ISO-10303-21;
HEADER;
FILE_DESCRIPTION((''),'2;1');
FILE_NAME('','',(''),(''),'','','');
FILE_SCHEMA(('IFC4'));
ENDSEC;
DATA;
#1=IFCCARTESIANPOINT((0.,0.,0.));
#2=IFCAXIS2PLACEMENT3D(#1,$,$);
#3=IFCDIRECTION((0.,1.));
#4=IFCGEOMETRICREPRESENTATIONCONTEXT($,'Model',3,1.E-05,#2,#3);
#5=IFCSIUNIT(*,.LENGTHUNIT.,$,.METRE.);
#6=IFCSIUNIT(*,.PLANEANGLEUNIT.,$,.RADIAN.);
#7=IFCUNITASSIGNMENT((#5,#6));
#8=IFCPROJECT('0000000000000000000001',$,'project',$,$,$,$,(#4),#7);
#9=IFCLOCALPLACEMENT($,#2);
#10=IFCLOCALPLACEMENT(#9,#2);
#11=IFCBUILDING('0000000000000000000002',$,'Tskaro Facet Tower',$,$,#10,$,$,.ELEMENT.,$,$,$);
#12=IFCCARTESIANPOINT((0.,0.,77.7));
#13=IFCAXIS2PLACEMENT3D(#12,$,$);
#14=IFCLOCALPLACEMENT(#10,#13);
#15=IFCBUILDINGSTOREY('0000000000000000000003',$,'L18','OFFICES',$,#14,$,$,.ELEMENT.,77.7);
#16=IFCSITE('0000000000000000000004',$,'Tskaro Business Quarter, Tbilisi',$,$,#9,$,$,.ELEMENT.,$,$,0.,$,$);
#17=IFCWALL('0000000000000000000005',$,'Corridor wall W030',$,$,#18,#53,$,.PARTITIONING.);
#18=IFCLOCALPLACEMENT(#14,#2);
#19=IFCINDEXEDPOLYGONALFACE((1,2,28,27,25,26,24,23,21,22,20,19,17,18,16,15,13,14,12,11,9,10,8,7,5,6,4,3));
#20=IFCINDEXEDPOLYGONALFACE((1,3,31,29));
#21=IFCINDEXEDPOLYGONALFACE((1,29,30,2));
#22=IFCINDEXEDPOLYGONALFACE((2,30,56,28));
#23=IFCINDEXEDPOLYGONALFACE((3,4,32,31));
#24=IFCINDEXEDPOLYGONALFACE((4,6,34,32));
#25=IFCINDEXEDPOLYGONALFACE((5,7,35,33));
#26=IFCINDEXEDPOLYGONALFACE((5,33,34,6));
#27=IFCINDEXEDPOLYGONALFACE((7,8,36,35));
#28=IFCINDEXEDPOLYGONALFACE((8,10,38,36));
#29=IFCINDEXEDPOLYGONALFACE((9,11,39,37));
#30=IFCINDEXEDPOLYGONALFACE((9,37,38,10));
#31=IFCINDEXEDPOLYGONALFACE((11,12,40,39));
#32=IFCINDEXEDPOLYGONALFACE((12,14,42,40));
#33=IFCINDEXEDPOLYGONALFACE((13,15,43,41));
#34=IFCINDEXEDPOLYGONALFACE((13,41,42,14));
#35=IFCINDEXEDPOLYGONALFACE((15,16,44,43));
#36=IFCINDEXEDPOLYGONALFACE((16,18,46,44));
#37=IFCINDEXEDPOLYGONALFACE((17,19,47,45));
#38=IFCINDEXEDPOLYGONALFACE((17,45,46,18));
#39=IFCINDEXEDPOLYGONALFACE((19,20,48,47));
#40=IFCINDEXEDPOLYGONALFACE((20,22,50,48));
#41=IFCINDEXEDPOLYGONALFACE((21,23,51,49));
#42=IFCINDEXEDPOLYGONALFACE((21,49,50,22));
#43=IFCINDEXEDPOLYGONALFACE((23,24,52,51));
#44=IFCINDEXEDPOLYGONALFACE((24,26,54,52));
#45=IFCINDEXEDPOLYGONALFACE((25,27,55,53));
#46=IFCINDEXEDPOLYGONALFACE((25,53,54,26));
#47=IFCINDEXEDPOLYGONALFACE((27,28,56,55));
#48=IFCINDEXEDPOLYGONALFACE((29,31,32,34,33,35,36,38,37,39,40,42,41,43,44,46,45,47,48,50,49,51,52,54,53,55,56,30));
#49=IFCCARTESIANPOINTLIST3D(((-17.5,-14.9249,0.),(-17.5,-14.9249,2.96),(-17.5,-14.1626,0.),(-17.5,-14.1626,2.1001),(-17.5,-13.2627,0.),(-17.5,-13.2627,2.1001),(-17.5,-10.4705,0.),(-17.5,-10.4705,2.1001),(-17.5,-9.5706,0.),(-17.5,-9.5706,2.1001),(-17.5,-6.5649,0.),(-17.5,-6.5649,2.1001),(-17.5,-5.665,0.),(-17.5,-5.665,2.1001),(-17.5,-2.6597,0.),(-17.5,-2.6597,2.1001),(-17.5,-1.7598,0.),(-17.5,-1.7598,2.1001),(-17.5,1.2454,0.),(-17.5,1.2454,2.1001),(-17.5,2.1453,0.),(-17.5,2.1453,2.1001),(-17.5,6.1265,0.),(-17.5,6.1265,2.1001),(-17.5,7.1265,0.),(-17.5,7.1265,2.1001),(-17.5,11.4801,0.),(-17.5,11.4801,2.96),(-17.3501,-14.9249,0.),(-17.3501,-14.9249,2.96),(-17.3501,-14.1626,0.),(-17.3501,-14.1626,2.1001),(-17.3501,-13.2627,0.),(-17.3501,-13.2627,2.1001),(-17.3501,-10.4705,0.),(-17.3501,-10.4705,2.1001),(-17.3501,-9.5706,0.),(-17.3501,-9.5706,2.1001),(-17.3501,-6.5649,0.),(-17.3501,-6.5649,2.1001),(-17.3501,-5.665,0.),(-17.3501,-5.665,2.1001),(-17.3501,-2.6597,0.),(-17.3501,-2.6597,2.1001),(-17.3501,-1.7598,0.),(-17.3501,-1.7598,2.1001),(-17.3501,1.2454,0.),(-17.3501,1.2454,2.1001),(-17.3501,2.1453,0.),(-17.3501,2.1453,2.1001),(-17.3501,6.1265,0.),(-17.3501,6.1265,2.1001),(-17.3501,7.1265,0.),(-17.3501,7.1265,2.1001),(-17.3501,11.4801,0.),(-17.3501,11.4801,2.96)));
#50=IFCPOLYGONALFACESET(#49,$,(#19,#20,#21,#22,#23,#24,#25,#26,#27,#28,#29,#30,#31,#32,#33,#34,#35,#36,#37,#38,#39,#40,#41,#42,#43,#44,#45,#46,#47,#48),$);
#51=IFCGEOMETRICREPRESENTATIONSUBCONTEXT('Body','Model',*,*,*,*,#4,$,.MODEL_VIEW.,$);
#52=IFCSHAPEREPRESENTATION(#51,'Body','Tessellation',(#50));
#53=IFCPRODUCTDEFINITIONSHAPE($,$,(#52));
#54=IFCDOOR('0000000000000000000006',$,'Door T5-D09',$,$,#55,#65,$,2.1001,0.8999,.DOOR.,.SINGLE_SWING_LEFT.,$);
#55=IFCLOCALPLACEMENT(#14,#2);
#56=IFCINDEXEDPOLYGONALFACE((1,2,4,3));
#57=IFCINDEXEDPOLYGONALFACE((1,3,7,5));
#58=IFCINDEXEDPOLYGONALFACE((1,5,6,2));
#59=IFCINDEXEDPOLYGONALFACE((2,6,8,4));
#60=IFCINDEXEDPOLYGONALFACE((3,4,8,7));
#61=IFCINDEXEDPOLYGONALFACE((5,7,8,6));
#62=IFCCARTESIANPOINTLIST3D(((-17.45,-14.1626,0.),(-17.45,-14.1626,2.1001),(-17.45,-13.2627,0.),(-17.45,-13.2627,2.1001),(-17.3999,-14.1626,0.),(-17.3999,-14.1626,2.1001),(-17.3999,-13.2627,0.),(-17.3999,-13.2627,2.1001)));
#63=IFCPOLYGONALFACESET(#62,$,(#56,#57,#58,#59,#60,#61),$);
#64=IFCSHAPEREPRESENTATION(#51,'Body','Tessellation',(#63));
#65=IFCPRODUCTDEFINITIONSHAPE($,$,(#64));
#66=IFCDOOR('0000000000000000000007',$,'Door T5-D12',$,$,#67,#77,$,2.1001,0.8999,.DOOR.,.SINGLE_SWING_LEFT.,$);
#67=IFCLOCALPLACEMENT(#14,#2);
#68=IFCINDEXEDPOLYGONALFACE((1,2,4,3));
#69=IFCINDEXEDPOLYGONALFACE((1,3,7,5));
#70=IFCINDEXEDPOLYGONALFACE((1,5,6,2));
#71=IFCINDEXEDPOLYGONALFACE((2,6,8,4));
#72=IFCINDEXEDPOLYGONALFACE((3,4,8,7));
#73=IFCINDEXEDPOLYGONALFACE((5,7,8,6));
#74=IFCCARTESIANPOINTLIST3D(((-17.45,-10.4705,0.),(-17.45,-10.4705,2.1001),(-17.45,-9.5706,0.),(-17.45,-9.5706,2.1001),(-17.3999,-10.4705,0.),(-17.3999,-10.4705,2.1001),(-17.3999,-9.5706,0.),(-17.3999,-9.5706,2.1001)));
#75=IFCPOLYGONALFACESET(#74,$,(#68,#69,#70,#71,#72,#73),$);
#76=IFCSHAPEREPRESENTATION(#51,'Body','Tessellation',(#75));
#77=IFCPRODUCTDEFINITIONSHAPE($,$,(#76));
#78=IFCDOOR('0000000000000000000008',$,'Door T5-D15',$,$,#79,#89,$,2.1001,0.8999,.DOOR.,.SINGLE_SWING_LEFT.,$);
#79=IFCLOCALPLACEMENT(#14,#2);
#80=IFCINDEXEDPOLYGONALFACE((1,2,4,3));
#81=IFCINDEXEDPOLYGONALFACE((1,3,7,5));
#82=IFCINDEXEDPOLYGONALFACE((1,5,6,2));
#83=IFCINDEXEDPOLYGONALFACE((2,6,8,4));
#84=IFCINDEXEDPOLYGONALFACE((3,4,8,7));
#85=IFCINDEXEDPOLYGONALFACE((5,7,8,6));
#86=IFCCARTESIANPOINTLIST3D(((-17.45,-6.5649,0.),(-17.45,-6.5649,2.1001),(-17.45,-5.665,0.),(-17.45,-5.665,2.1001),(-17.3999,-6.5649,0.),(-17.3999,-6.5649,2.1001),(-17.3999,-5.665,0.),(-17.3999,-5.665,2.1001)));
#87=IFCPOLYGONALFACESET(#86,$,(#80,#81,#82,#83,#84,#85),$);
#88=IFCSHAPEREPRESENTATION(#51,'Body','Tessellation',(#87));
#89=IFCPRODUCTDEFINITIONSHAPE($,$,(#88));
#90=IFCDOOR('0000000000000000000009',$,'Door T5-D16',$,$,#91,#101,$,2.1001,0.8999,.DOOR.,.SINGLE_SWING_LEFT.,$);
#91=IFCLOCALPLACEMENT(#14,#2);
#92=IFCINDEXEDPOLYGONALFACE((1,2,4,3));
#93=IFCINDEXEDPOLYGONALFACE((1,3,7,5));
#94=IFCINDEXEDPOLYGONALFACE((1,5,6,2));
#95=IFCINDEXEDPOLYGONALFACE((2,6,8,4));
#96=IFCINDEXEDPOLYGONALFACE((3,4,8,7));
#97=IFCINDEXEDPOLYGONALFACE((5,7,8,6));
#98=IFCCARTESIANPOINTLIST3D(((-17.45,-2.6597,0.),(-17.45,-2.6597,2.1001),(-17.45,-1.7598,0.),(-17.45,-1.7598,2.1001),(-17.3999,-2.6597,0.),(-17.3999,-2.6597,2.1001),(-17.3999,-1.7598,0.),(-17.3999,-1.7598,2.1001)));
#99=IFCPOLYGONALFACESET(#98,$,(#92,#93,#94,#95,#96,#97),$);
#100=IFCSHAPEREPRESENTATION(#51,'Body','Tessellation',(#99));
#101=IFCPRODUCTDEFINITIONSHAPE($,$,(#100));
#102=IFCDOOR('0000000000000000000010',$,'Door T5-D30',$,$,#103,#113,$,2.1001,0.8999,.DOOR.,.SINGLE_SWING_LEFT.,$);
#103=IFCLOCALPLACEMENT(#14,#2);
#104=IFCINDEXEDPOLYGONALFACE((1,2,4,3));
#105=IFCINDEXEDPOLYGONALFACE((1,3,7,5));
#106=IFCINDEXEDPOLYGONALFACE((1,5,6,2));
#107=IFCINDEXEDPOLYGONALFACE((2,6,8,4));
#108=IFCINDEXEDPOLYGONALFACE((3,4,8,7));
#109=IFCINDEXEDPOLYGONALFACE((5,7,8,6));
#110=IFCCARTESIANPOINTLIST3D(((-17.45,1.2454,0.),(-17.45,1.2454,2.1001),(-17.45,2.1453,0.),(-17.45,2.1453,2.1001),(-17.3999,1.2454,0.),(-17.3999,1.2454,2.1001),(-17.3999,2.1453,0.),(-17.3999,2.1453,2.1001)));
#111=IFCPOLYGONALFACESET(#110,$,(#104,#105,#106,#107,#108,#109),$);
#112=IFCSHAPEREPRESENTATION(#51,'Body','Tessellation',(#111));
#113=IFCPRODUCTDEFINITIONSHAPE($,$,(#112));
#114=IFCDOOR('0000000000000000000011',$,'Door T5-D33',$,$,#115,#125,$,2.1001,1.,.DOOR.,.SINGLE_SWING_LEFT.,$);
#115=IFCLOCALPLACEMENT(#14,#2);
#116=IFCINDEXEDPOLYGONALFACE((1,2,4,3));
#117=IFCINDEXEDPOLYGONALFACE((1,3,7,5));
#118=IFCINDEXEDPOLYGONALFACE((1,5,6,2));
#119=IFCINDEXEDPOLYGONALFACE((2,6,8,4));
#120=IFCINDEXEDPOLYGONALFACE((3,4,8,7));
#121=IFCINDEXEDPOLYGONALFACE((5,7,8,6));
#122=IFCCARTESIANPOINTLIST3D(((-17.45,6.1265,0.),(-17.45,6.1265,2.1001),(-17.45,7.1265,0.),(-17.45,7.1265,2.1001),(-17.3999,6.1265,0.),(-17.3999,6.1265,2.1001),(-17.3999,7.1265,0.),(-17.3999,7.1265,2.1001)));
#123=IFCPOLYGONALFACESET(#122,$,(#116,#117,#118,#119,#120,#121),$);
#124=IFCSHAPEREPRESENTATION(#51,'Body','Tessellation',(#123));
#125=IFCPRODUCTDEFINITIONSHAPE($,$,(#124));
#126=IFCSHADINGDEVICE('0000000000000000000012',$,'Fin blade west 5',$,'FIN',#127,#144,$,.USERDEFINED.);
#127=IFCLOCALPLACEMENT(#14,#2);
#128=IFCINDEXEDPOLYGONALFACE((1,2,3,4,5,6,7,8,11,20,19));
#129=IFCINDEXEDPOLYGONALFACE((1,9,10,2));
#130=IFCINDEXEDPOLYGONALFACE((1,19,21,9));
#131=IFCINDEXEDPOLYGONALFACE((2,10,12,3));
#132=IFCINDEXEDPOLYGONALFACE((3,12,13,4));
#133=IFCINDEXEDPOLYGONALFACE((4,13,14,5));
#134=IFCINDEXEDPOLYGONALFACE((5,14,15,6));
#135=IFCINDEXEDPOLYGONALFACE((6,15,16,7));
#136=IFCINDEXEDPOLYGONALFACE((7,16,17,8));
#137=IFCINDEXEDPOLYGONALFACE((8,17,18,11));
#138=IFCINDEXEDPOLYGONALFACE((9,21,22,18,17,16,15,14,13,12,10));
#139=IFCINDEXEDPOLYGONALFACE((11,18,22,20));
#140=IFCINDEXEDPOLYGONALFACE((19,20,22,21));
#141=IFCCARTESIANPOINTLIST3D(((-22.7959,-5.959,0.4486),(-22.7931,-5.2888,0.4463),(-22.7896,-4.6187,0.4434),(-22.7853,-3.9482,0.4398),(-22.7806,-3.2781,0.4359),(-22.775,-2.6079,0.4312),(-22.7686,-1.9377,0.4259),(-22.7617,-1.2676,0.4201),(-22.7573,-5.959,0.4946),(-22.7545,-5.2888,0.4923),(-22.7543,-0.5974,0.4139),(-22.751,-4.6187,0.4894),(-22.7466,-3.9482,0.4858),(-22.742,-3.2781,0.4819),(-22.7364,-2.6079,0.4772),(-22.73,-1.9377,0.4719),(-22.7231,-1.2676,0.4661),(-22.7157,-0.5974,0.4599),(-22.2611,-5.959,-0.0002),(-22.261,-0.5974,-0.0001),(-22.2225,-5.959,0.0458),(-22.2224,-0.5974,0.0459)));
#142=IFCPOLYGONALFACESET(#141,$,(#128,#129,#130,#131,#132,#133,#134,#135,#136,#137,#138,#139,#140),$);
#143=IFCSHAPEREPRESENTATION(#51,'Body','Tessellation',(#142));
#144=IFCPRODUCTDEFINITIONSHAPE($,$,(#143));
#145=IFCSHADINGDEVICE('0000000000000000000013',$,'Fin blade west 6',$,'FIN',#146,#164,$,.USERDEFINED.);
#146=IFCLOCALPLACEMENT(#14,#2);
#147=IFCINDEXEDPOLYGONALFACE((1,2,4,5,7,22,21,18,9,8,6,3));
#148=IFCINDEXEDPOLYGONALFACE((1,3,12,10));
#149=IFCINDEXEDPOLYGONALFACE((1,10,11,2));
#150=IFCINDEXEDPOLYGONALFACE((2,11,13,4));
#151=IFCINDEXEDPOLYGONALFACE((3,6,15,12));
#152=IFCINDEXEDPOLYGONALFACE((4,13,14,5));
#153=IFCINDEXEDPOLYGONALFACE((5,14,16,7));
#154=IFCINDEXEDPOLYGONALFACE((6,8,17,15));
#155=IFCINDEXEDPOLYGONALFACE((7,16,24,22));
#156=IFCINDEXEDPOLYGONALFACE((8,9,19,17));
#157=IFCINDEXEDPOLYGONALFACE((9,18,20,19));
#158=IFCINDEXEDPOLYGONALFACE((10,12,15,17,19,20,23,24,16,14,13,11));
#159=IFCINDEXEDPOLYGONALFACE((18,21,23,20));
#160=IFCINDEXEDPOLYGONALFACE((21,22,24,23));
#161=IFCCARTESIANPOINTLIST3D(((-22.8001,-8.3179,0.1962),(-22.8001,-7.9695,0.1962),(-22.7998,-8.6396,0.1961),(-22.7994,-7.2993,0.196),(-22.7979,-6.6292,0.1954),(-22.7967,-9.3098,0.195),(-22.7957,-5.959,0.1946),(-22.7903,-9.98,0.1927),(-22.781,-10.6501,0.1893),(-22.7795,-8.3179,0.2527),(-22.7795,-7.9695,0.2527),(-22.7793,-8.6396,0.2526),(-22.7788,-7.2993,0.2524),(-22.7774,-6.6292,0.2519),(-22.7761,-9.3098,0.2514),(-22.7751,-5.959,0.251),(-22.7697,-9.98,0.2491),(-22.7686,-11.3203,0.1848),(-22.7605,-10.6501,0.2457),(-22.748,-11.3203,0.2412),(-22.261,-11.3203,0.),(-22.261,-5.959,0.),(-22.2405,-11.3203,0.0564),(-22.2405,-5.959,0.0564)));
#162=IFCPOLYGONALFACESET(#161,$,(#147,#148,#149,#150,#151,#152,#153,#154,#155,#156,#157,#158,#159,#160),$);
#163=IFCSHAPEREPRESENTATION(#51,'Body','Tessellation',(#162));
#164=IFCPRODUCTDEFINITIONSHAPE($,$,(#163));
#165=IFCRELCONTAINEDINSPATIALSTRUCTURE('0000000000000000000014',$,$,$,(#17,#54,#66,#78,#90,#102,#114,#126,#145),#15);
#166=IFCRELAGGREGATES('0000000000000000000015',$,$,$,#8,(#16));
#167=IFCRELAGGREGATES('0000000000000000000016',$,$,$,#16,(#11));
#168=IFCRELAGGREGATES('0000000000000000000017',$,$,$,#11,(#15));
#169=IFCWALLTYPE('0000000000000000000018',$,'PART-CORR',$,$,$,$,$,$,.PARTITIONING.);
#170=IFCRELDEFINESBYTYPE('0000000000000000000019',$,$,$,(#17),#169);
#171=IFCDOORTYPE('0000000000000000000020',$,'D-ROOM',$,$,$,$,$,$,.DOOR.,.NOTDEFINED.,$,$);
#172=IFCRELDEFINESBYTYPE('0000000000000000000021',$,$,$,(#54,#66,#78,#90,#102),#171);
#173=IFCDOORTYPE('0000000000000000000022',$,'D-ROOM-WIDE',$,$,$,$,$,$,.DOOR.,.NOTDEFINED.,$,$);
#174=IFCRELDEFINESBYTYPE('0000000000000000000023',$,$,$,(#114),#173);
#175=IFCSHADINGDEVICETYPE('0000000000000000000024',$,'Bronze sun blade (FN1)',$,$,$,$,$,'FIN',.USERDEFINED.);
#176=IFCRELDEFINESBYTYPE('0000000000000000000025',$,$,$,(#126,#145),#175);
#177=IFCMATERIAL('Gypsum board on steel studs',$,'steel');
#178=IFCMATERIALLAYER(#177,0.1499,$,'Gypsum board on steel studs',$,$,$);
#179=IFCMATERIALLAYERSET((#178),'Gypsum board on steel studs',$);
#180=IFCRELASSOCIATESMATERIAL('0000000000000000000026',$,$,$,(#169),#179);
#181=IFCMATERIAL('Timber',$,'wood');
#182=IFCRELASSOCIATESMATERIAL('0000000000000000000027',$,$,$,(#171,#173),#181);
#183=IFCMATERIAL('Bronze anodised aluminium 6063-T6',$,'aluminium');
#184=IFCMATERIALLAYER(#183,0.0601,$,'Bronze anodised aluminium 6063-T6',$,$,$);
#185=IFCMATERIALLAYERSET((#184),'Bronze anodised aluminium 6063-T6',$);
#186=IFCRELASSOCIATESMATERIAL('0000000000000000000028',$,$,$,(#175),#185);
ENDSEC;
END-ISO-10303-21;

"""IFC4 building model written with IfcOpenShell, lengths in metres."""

from ifc_helpers import new_model, si_unit, direction, frame, frame_2d, origin, place, context, subcontext, project, spatial, polyline, rectangle, outline, extrude, material, layer, layer_set, type_object, element, fill, save


model = new_model("IFC4")

# Units and contexts
model_context = context("Model", 3, precision=1e-05, world=origin(), true_north=direction((0.0, 1.0)))
body_context = subcontext(model_context, "Body", "Model", "MODEL_VIEW")
ifc_project = project(units=[si_unit("LENGTHUNIT", "METRE"), si_unit("PLANEANGLEUNIT", "RADIAN")], contexts=[model_context])

# Site, building, storey
site_placement = place(None, origin())
site = spatial("IfcSite", under=ifc_project, at=site_placement, Name="Tskaro Business Quarter, Tbilisi", CompositionType="ELEMENT", RefElevation=0.0)
building_placement = place(site_placement, origin())
building = spatial("IfcBuilding", under=site, at=building_placement, Name="Tskaro Facet Tower", CompositionType="ELEMENT")
storey_placement = place(building_placement, frame((0.0, 0.0, 77.7)))
storey = spatial("IfcBuildingStorey", under=building, at=storey_placement, Name="L18", Description="OFFICES", CompositionType="ELEMENT", Elevation=77.7)

# Shared definitions
ifc_material_1 = material(Name="Bronze anodised aluminium 6063-T6", Category="aluminium")

# Shared definitions
ifc_material_2 = material(Name="Gypsum board on steel studs", Category="steel")

# Wall, openings, doors
ifc_layer_1 = layer(ifc_material_2, 0.1499, Name="Gypsum board on steel studs")
ifc_layer_set_1 = layer_set([ifc_layer_1], Name="Gypsum board on steel studs")
wall_type_1 = type_object("IfcWallType", Name="PART-CORR", PredefinedType="PARTITIONING", material=ifc_layer_set_1)
wall_placement = place(storey_placement, frame((-17.425, -14.925, 0.0), z_axis=(0.0, 0.0, 1.0), x_axis=(0.0, 1.0, 0.0)))
wall = element("IfcWall", 1, at=wall_placement, inside=storey, type_object=wall_type_1, Name="Corridor wall W030", PredefinedType="PARTITIONING", context=body_context, shape_type="SweptSolid", body=[
    extrude(rectangle(XDim=26.405, YDim=0.1499, at=frame_2d((13.2026, 0.0))), origin(), (0.0, 0.0, 1.0), 2.96),
])
opening_1_placement = place(wall_placement, frame((0.7625, 0.0, 0.0)))
opening_1 = element("IfcOpeningElement", 2, at=opening_1_placement, cuts=wall, PredefinedType="OPENING", context=body_context, shape_type="SweptSolid", body=[
    extrude(rectangle(XDim=0.8999, YDim=2.1001, at=frame_2d((0.45, 1.05))), frame((0.0, 0.085, 0.0), z_axis=(0.0, -1.0, 0.0), x_axis=(1.0, 0.0, 0.0)), (0.0, 0.0, 1.0), 0.1699),
])
opening_2_placement = place(wall_placement, frame((4.4546, 0.0, 0.0)))
opening_2 = element("IfcOpeningElement", 3, at=opening_2_placement, cuts=wall, PredefinedType="OPENING", context=body_context, shape_type="SweptSolid", body=[
    extrude(rectangle(XDim=0.8999, YDim=2.1001, at=frame_2d((0.45, 1.05))), frame((0.0, 0.085, 0.0), z_axis=(0.0, -1.0, 0.0), x_axis=(1.0, 0.0, 0.0)), (0.0, 0.0, 1.0), 0.1699),
])
opening_3_placement = place(wall_placement, frame((8.3601, 0.0, 0.0)))
opening_3 = element("IfcOpeningElement", 4, at=opening_3_placement, cuts=wall, PredefinedType="OPENING", context=body_context, shape_type="SweptSolid", body=[
    extrude(rectangle(XDim=0.8999, YDim=2.1001, at=frame_2d((0.45, 1.05))), frame((0.0, 0.085, 0.0), z_axis=(0.0, -1.0, 0.0), x_axis=(1.0, 0.0, 0.0)), (0.0, 0.0, 1.0), 0.1699),
])
opening_4_placement = place(wall_placement, frame((12.2654, 0.0, 0.0)))
opening_4 = element("IfcOpeningElement", 5, at=opening_4_placement, cuts=wall, PredefinedType="OPENING", context=body_context, shape_type="SweptSolid", body=[
    extrude(rectangle(XDim=0.8999, YDim=2.1001, at=frame_2d((0.45, 1.05))), frame((0.0, 0.085, 0.0), z_axis=(0.0, -1.0, 0.0), x_axis=(1.0, 0.0, 0.0)), (0.0, 0.0, 1.0), 0.1699),
])
opening_5_placement = place(wall_placement, frame((16.1704, 0.0, 0.0)))
opening_5 = element("IfcOpeningElement", 6, at=opening_5_placement, cuts=wall, PredefinedType="OPENING", context=body_context, shape_type="SweptSolid", body=[
    extrude(rectangle(XDim=0.8999, YDim=2.1001, at=frame_2d((0.45, 1.05))), frame((0.0, 0.085, 0.0), z_axis=(0.0, -1.0, 0.0), x_axis=(1.0, 0.0, 0.0)), (0.0, 0.0, 1.0), 0.1699),
])
opening_6_placement = place(wall_placement, frame((21.0515, 0.0, 0.0)))
opening_6 = element("IfcOpeningElement", 7, at=opening_6_placement, cuts=wall, PredefinedType="OPENING", context=body_context, shape_type="SweptSolid", body=[
    extrude(rectangle(XDim=1.0, YDim=2.1001, at=frame_2d((0.5, 1.05))), frame((0.0, 0.085, 0.0), z_axis=(0.0, -1.0, 0.0), x_axis=(1.0, 0.0, 0.0)), (0.0, 0.0, 1.0), 0.1699),
])
ifc_material_3 = material(Name="Timber", Category="wood")
door_type_1 = type_object("IfcDoorType", Name="D-ROOM", OperationType="NOTDEFINED", PredefinedType="DOOR", material=ifc_material_3)
door_1_placement = place(opening_1_placement, origin())
door_1 = element("IfcDoor", 8, at=door_1_placement, inside=storey, type_object=door_type_1, Name="Door T5-D09", OperationType="SINGLE_SWING_LEFT", OverallHeight=2.1001, OverallWidth=0.8999, PredefinedType="DOOR", context=body_context, shape_type="SweptSolid", body=[
    extrude(rectangle(XDim=0.8999, YDim=2.1001, at=frame_2d((0.45, 1.05))), frame((0.0, 0.0249, 0.0), z_axis=(0.0, -1.0, 0.0), x_axis=(1.0, 0.0, 0.0)), (0.0, 0.0, 1.0), 0.05),
])
fill(opening_1, door_1)
door_2_placement = place(opening_2_placement, origin())
door_2 = element("IfcDoor", 9, at=door_2_placement, inside=storey, type_object=door_type_1, Name="Door T5-D12", OperationType="SINGLE_SWING_LEFT", OverallHeight=2.1001, OverallWidth=0.8999, PredefinedType="DOOR", context=body_context, shape_type="SweptSolid", body=[
    extrude(rectangle(XDim=0.8999, YDim=2.1001, at=frame_2d((0.45, 1.05))), frame((0.0, 0.0249, 0.0), z_axis=(0.0, -1.0, 0.0), x_axis=(1.0, 0.0, 0.0)), (0.0, 0.0, 1.0), 0.05),
])
fill(opening_2, door_2)
door_3_placement = place(opening_3_placement, origin())
door_3 = element("IfcDoor", 10, at=door_3_placement, inside=storey, type_object=door_type_1, Name="Door T5-D15", OperationType="SINGLE_SWING_LEFT", OverallHeight=2.1001, OverallWidth=0.8999, PredefinedType="DOOR", context=body_context, shape_type="SweptSolid", body=[
    extrude(rectangle(XDim=0.8999, YDim=2.1001, at=frame_2d((0.45, 1.05))), frame((0.0, 0.0249, 0.0), z_axis=(0.0, -1.0, 0.0), x_axis=(1.0, 0.0, 0.0)), (0.0, 0.0, 1.0), 0.05),
])
fill(opening_3, door_3)
door_4_placement = place(opening_4_placement, origin())
door_4 = element("IfcDoor", 11, at=door_4_placement, inside=storey, type_object=door_type_1, Name="Door T5-D16", OperationType="SINGLE_SWING_LEFT", OverallHeight=2.1001, OverallWidth=0.8999, PredefinedType="DOOR", context=body_context, shape_type="SweptSolid", body=[
    extrude(rectangle(XDim=0.8999, YDim=2.1001, at=frame_2d((0.45, 1.05))), frame((0.0, 0.0249, 0.0), z_axis=(0.0, -1.0, 0.0), x_axis=(1.0, 0.0, 0.0)), (0.0, 0.0, 1.0), 0.05),
])
fill(opening_4, door_4)
door_5_placement = place(opening_5_placement, origin())
door_5 = element("IfcDoor", 12, at=door_5_placement, inside=storey, type_object=door_type_1, Name="Door T5-D30", OperationType="SINGLE_SWING_LEFT", OverallHeight=2.1001, OverallWidth=0.8999, PredefinedType="DOOR", context=body_context, shape_type="SweptSolid", body=[
    extrude(rectangle(XDim=0.8999, YDim=2.1001, at=frame_2d((0.45, 1.05))), frame((0.0, 0.0249, 0.0), z_axis=(0.0, -1.0, 0.0), x_axis=(1.0, 0.0, 0.0)), (0.0, 0.0, 1.0), 0.05),
])
fill(opening_5, door_5)
door_type_2 = type_object("IfcDoorType", Name="D-ROOM-WIDE", OperationType="NOTDEFINED", PredefinedType="DOOR", material=ifc_material_3)
door_6_placement = place(opening_6_placement, origin())
door_6 = element("IfcDoor", 13, at=door_6_placement, inside=storey, type_object=door_type_2, Name="Door T5-D33", OperationType="SINGLE_SWING_LEFT", OverallHeight=2.1001, OverallWidth=1.0, PredefinedType="DOOR", context=body_context, shape_type="SweptSolid", body=[
    extrude(rectangle(XDim=1.0, YDim=2.1001, at=frame_2d((0.5, 1.05))), frame((0.0, 0.0249, 0.0), z_axis=(0.0, -1.0, 0.0), x_axis=(1.0, 0.0, 0.0)), (0.0, 0.0, 1.0), 0.05),
])
fill(opening_6, door_6)

# Shading devices
ifc_layer_2 = layer(ifc_material_1, 0.0601, Name="Bronze anodised aluminium 6063-T6")
ifc_layer_set_2 = layer_set([ifc_layer_2], Name="Bronze anodised aluminium 6063-T6")
shading_device_type = type_object("IfcShadingDeviceType", Name="Bronze sun blade (FN1)", ElementType="FIN", PredefinedType="USERDEFINED", material=ifc_layer_set_2)
shading_device_1_placement = place(storey_placement, frame((-22.2224, -0.5974, 0.0459), z_axis=(0.642875, -0.000027, 0.765971), x_axis=(-0.000017, -1.0, -0.00002)))
element("IfcShadingDevice", 14, at=shading_device_1_placement, inside=storey, type_object=shading_device_type, Name="Fin blade west 5", ObjectType="FIN", PredefinedType="USERDEFINED", context=body_context, shape_type="SweptSolid", body=[
    extrude(outline(polyline([(0.0, 0.0), (5.3616, 0.0), (5.3616, -0.6982), (4.6914, -0.6945), (4.0212, -0.69), (3.3508, -0.6843), (2.6807, -0.6783), (2.0105, -0.671), (1.3403, -0.6627), (0.6702, -0.6537), (0.0, -0.6439), (0.0, 0.0)])), origin(), (0.0, 0.0, -1.0), 0.0601),
])
shading_device_2_placement = place(storey_placement, frame((-22.2405, -5.959, 0.0564), z_axis=(0.342093, 0.000008, 0.939666), x_axis=(0.000003, -1.0, 0.000008)))
element("IfcShadingDevice", 15, at=shading_device_2_placement, inside=storey, type_object=shading_device_type, Name="Fin blade west 6", ObjectType="FIN", PredefinedType="USERDEFINED", context=body_context, shape_type="SweptSolid", body=[
    extrude(outline(polyline([(0.0, 0.0), (5.3613, 0.0), (5.3613, -0.5402), (4.6912, -0.5534), (4.021, -0.5633), (3.3508, -0.5701), (2.6807, -0.5734), (2.3589, -0.5737), (2.0105, -0.5737), (1.3403, -0.5729), (0.6702, -0.5714), (0.0, -0.569), (0.0, 0.0)])), origin(), (0.0, 0.0, -1.0), 0.0601),
])

save(model, "model.ifc")
